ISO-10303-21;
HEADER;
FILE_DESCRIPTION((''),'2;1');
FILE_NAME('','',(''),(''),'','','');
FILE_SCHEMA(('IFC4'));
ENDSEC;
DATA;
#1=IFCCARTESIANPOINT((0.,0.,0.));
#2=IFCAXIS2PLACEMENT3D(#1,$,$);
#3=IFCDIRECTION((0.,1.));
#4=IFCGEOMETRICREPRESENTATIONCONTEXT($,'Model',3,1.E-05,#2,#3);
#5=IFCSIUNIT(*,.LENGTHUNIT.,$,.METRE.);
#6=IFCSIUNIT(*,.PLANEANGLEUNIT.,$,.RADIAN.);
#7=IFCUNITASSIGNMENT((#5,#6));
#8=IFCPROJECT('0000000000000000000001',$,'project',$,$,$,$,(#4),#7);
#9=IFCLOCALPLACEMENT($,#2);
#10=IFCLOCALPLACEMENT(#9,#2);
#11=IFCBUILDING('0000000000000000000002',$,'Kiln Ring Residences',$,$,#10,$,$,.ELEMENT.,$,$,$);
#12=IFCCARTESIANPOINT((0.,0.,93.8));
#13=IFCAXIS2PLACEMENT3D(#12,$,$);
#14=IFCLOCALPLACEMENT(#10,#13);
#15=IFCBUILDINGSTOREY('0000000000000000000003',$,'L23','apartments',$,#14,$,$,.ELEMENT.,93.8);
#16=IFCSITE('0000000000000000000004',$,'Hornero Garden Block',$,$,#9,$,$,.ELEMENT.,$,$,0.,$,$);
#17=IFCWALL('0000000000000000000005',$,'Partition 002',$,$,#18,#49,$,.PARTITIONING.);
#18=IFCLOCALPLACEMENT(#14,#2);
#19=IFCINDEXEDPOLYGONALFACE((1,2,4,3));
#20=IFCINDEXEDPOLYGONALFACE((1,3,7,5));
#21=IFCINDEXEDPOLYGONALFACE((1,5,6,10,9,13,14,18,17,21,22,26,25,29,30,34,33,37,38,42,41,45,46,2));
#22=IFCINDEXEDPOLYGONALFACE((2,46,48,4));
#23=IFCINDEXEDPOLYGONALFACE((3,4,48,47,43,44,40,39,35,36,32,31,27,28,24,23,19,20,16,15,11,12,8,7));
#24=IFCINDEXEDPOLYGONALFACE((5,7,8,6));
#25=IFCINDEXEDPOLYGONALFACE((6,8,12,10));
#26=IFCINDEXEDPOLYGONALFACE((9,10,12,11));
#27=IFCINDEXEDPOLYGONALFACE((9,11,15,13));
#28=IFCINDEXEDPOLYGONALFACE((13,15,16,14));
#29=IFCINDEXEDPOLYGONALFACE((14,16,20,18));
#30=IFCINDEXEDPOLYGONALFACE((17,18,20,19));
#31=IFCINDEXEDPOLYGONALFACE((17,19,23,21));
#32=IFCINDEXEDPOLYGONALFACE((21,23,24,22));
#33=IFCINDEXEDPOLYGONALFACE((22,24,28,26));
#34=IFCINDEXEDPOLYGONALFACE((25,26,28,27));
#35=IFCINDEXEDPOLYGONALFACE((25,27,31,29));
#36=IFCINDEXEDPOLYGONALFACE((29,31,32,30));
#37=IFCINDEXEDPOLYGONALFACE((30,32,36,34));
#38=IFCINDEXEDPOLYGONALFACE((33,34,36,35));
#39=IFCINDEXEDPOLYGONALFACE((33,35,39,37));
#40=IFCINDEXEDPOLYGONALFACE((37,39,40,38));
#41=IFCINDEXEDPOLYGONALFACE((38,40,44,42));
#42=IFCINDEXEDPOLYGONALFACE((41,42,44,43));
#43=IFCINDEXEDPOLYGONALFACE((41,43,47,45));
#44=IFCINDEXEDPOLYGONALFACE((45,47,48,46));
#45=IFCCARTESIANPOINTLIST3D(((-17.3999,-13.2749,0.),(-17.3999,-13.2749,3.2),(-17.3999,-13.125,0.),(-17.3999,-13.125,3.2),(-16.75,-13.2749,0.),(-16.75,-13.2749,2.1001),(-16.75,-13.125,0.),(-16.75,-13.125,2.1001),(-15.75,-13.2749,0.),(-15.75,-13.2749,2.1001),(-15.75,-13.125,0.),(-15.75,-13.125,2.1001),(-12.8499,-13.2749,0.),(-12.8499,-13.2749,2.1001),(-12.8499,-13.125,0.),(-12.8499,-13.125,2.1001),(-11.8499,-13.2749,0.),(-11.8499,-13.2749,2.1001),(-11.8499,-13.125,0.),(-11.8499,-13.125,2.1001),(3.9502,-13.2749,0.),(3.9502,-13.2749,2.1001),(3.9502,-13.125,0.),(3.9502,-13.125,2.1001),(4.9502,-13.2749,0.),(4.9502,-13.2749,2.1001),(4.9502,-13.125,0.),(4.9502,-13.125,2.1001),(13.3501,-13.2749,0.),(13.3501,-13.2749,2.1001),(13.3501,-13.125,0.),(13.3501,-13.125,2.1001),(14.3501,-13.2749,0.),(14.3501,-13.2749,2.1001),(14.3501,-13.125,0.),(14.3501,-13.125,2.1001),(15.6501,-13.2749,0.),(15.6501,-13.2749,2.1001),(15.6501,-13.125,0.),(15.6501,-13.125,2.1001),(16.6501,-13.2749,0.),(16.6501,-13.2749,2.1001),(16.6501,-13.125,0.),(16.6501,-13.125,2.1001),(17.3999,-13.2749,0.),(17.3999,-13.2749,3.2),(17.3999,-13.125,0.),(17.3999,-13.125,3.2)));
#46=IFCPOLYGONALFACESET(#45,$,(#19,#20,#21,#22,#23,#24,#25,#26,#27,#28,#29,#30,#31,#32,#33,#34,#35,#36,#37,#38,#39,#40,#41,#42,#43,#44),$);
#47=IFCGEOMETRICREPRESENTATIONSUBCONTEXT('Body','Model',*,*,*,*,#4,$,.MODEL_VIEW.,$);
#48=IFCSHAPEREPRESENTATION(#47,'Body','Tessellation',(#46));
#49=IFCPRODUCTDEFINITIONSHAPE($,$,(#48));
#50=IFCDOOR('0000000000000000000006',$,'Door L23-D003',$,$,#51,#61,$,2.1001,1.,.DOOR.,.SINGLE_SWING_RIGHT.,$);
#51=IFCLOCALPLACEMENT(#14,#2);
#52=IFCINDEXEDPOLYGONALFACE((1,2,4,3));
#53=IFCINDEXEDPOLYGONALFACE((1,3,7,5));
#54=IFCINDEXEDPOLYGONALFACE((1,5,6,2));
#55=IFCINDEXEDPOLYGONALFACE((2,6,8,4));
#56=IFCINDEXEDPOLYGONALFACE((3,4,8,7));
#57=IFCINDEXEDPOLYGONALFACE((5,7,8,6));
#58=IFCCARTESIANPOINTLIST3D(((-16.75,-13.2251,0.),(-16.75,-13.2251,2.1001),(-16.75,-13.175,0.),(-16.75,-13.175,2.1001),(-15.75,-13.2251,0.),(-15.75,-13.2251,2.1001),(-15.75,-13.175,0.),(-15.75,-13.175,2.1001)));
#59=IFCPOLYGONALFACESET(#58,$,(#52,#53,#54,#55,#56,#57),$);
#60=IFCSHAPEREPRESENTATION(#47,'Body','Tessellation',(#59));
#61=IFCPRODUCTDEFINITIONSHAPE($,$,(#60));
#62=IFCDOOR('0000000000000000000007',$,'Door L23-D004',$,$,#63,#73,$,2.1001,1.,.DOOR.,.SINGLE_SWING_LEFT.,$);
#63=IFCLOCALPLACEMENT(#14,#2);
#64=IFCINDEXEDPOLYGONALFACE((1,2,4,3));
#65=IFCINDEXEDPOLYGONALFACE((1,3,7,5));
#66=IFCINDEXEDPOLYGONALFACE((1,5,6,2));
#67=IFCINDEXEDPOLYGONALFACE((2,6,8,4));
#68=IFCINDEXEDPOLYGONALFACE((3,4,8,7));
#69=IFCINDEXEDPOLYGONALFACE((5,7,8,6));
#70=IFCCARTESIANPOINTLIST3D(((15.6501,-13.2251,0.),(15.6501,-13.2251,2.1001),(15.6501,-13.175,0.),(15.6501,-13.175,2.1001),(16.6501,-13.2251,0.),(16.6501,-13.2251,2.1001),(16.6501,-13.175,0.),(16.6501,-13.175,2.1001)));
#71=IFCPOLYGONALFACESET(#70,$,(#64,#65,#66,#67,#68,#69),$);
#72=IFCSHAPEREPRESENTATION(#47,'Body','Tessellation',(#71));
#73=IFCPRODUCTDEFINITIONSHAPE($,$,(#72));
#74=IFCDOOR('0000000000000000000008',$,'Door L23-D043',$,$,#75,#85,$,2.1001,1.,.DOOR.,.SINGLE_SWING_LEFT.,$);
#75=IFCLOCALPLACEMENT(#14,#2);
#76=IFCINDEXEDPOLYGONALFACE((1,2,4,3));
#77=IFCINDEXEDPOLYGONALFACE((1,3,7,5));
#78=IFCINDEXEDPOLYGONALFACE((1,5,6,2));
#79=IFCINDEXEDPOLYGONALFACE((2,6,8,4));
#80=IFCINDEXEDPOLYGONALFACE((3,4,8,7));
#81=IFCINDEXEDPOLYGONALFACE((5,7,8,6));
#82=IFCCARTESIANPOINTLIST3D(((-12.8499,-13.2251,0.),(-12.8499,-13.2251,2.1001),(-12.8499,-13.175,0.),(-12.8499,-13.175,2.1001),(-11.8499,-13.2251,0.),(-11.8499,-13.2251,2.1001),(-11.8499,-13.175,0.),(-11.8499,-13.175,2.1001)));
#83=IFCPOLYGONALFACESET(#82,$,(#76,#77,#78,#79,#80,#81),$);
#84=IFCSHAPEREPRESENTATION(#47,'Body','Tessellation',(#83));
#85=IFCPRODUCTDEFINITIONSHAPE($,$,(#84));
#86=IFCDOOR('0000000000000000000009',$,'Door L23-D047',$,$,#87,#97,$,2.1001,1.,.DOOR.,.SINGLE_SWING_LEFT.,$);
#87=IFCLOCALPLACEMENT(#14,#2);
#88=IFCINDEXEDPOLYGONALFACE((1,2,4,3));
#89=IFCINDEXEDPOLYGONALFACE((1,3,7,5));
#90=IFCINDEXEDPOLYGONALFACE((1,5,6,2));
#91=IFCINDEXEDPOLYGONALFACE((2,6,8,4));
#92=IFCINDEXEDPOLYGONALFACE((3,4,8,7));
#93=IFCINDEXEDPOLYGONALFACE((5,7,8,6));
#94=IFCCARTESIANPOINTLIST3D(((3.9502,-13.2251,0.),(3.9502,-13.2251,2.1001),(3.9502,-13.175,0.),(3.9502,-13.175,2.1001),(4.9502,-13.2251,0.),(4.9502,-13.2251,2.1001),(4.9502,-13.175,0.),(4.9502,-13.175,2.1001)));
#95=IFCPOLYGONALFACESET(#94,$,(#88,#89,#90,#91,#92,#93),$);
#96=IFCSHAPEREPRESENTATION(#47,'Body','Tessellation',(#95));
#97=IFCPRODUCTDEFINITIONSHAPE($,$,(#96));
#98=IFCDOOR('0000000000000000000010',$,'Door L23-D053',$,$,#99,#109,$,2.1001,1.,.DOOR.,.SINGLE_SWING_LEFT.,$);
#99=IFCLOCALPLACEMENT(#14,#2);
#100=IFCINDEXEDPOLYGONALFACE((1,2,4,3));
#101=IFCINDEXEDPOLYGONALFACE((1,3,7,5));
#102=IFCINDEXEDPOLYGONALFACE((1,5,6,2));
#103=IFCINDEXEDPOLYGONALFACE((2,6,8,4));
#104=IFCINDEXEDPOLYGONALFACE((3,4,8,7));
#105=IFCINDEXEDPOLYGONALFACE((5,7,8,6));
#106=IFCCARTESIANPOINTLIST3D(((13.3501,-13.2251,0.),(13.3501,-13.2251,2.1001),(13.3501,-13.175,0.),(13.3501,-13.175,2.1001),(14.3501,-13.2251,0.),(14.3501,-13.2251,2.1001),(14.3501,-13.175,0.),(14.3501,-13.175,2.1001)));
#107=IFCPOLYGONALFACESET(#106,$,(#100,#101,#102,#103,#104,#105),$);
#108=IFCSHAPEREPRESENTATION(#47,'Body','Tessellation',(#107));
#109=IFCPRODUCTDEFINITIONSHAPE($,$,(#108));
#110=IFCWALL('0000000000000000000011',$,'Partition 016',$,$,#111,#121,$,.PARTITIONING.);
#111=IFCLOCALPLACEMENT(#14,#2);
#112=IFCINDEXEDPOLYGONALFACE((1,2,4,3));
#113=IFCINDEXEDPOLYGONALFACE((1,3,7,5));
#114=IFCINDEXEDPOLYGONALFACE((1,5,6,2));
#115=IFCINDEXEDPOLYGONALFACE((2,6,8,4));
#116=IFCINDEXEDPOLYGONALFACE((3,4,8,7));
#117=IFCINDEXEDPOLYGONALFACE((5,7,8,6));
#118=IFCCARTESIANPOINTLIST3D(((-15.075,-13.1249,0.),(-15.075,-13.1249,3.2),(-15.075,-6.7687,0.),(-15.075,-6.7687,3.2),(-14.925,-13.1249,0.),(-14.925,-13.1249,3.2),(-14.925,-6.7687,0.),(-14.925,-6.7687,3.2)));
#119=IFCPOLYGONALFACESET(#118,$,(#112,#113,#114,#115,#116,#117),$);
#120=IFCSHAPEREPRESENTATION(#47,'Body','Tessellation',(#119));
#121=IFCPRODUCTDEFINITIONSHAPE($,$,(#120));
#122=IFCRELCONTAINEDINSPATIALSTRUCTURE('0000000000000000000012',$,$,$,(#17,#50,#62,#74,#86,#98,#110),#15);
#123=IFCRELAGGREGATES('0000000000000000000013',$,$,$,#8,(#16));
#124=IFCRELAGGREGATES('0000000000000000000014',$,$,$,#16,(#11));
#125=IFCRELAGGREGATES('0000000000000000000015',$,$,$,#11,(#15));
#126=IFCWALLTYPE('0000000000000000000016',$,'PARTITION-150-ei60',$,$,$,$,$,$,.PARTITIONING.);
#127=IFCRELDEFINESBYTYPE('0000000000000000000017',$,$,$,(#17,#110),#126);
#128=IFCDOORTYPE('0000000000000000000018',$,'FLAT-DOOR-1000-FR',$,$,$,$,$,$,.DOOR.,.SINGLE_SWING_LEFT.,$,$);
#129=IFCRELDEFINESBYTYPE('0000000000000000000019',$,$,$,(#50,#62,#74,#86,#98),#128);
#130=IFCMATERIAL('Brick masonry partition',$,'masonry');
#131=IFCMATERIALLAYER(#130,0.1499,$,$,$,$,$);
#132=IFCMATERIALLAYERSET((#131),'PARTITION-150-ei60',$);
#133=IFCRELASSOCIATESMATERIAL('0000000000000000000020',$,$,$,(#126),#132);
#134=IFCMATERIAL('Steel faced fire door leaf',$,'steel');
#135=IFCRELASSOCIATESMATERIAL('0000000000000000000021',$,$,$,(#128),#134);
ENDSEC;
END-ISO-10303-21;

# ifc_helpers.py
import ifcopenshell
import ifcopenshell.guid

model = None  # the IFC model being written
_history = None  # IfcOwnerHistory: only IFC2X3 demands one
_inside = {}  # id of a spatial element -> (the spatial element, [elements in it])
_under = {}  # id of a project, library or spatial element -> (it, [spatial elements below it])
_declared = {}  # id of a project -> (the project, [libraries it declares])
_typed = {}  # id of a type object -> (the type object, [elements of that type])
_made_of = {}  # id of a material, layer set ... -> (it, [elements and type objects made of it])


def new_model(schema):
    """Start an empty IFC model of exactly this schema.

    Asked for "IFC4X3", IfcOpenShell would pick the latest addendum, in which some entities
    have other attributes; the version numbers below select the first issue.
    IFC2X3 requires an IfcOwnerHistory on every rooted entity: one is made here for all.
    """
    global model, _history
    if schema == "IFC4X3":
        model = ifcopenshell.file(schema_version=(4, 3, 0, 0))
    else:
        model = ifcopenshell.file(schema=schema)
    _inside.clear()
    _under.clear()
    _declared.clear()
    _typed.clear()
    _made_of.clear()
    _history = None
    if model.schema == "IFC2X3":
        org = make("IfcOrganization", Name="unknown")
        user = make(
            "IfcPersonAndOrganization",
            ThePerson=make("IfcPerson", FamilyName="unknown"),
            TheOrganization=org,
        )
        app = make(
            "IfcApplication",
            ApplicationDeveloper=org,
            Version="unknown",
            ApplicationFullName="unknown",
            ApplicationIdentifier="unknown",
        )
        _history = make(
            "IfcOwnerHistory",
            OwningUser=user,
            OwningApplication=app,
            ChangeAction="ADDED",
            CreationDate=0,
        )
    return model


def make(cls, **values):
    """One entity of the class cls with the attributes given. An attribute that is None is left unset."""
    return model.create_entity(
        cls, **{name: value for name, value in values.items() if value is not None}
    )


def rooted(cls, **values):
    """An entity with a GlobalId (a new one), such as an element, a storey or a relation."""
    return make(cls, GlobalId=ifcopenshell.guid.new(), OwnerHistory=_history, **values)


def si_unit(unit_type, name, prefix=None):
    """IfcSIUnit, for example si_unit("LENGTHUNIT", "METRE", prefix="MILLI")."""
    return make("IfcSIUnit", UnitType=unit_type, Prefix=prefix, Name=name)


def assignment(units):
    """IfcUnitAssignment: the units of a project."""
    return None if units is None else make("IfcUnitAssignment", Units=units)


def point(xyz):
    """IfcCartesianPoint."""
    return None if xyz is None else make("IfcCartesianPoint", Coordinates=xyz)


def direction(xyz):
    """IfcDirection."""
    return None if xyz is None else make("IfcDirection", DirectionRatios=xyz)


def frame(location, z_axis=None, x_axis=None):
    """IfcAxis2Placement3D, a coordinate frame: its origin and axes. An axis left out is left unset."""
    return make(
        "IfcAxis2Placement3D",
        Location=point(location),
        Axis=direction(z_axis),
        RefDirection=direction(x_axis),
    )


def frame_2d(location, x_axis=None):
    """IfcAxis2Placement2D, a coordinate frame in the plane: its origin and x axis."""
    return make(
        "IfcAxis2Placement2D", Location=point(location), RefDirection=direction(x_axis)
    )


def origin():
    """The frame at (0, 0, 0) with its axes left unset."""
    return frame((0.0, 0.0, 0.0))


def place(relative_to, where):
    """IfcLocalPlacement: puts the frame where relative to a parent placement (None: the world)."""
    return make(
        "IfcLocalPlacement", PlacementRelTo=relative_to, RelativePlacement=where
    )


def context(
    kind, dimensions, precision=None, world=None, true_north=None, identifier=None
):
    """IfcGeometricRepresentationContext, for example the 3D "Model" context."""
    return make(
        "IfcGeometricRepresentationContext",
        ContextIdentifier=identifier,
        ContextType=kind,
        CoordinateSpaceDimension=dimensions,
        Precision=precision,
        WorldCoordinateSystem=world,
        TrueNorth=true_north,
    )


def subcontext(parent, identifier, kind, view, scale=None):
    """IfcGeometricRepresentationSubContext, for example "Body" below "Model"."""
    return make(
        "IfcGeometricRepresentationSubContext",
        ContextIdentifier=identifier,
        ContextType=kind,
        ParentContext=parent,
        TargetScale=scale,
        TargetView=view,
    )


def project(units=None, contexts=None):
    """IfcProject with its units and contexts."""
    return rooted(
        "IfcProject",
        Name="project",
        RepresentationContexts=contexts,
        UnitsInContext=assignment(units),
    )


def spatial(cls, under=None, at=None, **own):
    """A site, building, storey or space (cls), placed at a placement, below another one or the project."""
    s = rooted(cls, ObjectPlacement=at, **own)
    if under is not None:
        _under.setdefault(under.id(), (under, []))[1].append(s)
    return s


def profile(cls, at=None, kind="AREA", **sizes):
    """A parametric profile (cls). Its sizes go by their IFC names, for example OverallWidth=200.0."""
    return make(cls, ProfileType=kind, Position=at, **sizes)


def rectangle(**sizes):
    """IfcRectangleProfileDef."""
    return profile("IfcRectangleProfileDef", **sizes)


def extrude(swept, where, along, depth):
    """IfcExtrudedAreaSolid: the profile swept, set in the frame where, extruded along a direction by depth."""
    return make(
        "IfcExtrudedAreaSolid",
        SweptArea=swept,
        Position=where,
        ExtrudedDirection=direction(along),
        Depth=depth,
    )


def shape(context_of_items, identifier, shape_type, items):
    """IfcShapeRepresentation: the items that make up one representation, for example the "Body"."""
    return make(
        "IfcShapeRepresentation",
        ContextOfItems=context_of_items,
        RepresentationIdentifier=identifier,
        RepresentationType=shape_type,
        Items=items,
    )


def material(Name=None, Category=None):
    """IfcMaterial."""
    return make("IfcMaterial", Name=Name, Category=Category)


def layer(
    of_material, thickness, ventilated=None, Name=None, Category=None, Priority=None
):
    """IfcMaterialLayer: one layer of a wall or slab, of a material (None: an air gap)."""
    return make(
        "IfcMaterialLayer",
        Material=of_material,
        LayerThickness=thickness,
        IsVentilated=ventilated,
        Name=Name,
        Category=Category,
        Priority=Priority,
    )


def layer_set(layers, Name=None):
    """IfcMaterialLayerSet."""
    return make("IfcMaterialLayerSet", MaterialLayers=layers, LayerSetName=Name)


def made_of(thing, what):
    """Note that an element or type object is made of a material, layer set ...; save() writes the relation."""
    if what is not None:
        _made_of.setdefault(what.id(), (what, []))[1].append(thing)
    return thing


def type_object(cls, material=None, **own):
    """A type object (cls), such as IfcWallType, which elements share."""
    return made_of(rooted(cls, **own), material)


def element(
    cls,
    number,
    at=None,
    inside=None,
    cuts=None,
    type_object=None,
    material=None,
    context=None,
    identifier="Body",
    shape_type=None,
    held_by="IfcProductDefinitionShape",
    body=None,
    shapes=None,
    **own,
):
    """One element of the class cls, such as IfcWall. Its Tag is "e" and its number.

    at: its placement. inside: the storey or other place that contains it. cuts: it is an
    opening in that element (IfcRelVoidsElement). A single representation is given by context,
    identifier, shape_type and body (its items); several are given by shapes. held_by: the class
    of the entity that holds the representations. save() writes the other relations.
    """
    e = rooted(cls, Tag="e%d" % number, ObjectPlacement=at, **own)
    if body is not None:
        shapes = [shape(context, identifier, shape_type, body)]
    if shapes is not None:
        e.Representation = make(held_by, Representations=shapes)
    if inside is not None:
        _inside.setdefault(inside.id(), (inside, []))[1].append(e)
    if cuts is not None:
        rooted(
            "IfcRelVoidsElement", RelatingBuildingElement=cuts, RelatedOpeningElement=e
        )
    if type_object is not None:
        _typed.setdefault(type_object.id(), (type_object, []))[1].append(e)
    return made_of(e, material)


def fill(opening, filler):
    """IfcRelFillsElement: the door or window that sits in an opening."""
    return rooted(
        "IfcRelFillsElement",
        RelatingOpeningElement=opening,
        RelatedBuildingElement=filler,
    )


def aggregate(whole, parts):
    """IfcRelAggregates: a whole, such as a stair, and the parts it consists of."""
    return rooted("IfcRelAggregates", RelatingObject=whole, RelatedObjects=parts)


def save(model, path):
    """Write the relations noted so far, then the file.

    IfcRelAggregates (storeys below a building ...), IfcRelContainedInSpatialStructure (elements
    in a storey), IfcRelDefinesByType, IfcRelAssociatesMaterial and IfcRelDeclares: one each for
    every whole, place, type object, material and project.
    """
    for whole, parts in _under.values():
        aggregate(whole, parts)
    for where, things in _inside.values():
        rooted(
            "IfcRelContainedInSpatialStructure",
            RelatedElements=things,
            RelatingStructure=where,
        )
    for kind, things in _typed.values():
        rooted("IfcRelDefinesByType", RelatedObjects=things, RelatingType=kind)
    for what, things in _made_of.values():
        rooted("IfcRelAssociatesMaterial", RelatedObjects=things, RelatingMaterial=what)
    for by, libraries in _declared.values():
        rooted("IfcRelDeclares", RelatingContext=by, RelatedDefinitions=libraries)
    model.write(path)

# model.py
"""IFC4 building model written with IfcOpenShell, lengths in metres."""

from ifc_helpers import new_model, si_unit, direction, frame, frame_2d, origin, place, context, subcontext, project, spatial, rectangle, extrude, material, layer, layer_set, type_object, element, fill, save


model = new_model("IFC4")

# Units and contexts
model_context = context("Model", 3, precision=1e-05, world=origin(), true_north=direction((0.0, 1.0)))
body_context = subcontext(model_context, "Body", "Model", "MODEL_VIEW")
ifc_project = project(units=[si_unit("LENGTHUNIT", "METRE"), si_unit("PLANEANGLEUNIT", "RADIAN")], contexts=[model_context])

# Site, building, storey
site_placement = place(None, origin())
site = spatial("IfcSite", under=ifc_project, at=site_placement, Name="Hornero Garden Block", CompositionType="ELEMENT", RefElevation=0.0)
building_placement = place(site_placement, origin())
building = spatial("IfcBuilding", under=site, at=building_placement, Name="Kiln Ring Residences", CompositionType="ELEMENT")
storey_placement = place(building_placement, frame((0.0, 0.0, 93.8)))
storey = spatial("IfcBuildingStorey", under=building, at=storey_placement, Name="L23", Description="apartments", CompositionType="ELEMENT", Elevation=93.8)

# Wall, openings, doors
ifc_material_1 = material(Name="Brick masonry partition", Category="masonry")
ifc_layer = layer(ifc_material_1, 0.1499)
ifc_layer_set = layer_set([ifc_layer], Name="PARTITION-150-ei60")
wall_type = type_object("IfcWallType", Name="PARTITION-150-ei60", PredefinedType="PARTITIONING", material=ifc_layer_set)
wall_1_placement = place(storey_placement, frame((-17.3999, -13.2, 0.0), z_axis=(0.0, 0.0, 1.0), x_axis=(1.0, 0.0, 0.0)))
wall_1 = element("IfcWall", 1, at=wall_1_placement, inside=storey, type_object=wall_type, Name="Partition 002", PredefinedType="PARTITIONING", context=body_context, shape_type="SweptSolid", body=[
    extrude(rectangle(XDim=34.7998, YDim=0.1499, at=frame_2d((17.3999, 0.0))), origin(), (0.0, 0.0, 1.0), 3.2),
])
opening_1_placement = place(wall_1_placement, frame((0.6499, 0.0, 0.0)))
opening_1 = element("IfcOpeningElement", 2, at=opening_1_placement, cuts=wall_1, PredefinedType="OPENING", context=body_context, shape_type="SweptSolid", body=[
    extrude(rectangle(XDim=1.0, YDim=2.1001, at=frame_2d((0.5, 1.05))), frame((0.0, 0.085, 0.0), z_axis=(0.0, -1.0, 0.0), x_axis=(1.0, 0.0, 0.0)), (0.0, 0.0, 1.0), 0.1699),
])
opening_2_placement = place(wall_1_placement, frame((33.05, 0.0, 0.0)))
opening_2 = element("IfcOpeningElement", 3, at=opening_2_placement, cuts=wall_1, PredefinedType="OPENING", context=body_context, shape_type="SweptSolid", body=[
    extrude(rectangle(XDim=1.0, YDim=2.1001, at=frame_2d((0.5, 1.05))), frame((0.0, 0.085, 0.0), z_axis=(0.0, -1.0, 0.0), x_axis=(1.0, 0.0, 0.0)), (0.0, 0.0, 1.0), 0.1699),
])
opening_3_placement = place(wall_1_placement, frame((4.55, 0.0, 0.0)))
opening_3 = element("IfcOpeningElement", 4, at=opening_3_placement, cuts=wall_1, PredefinedType="OPENING", context=body_context, shape_type="SweptSolid", body=[
    extrude(rectangle(XDim=1.0, YDim=2.1001, at=frame_2d((0.5, 1.05))), frame((0.0, 0.085, 0.0), z_axis=(0.0, -1.0, 0.0), x_axis=(1.0, 0.0, 0.0)), (0.0, 0.0, 1.0), 0.1699),
])
opening_4_placement = place(wall_1_placement, frame((21.3501, 0.0, 0.0)))
opening_4 = element("IfcOpeningElement", 5, at=opening_4_placement, cuts=wall_1, PredefinedType="OPENING", context=body_context, shape_type="SweptSolid", body=[
    extrude(rectangle(XDim=1.0, YDim=2.1001, at=frame_2d((0.5, 1.05))), frame((0.0, 0.085, 0.0), z_axis=(0.0, -1.0, 0.0), x_axis=(1.0, 0.0, 0.0)), (0.0, 0.0, 1.0), 0.1699),
])
opening_5_placement = place(wall_1_placement, frame((30.75, 0.0, 0.0)))
opening_5 = element("IfcOpeningElement", 6, at=opening_5_placement, cuts=wall_1, PredefinedType="OPENING", context=body_context, shape_type="SweptSolid", body=[
    extrude(rectangle(XDim=1.0, YDim=2.1001, at=frame_2d((0.5, 1.05))), frame((0.0, 0.085, 0.0), z_axis=(0.0, -1.0, 0.0), x_axis=(1.0, 0.0, 0.0)), (0.0, 0.0, 1.0), 0.1699),
])
ifc_material_2 = material(Name="Steel faced fire door leaf", Category="steel")
door_type = type_object("IfcDoorType", Name="FLAT-DOOR-1000-FR", OperationType="SINGLE_SWING_LEFT", PredefinedType="DOOR", material=ifc_material_2)
door_1_placement = place(opening_1_placement, origin())
door_1 = element("IfcDoor", 7, at=door_1_placement, inside=storey, type_object=door_type, Name="Door L23-D003", OperationType="SINGLE_SWING_RIGHT", OverallHeight=2.1001, OverallWidth=1.0, PredefinedType="DOOR", context=body_context, shape_type="SweptSolid", body=[
    extrude(rectangle(XDim=1.0, YDim=2.1001, at=frame_2d((0.5, 1.05))), frame((0.0, 0.0249, 0.0), z_axis=(0.0, -1.0, 0.0), x_axis=(1.0, 0.0, 0.0)), (0.0, 0.0, 1.0), 0.05),
])
fill(opening_1, door_1)
door_2_placement = place(opening_2_placement, origin())
door_2 = element("IfcDoor", 8, at=door_2_placement, inside=storey, type_object=door_type, Name="Door L23-D004", OperationType="SINGLE_SWING_LEFT", OverallHeight=2.1001, OverallWidth=1.0, PredefinedType="DOOR", context=body_context, shape_type="SweptSolid", body=[
    extrude(rectangle(XDim=1.0, YDim=2.1001, at=frame_2d((0.5, 1.05))), frame((0.0, 0.0249, 0.0), z_axis=(0.0, -1.0, 0.0), x_axis=(1.0, 0.0, 0.0)), (0.0, 0.0, 1.0), 0.05),
])
fill(opening_2, door_2)
door_3_placement = place(opening_3_placement, origin())
door_3 = element("IfcDoor", 9, at=door_3_placement, inside=storey, type_object=door_type, Name="Door L23-D043", OperationType="SINGLE_SWING_LEFT", OverallHeight=2.1001, OverallWidth=1.0, PredefinedType="DOOR", context=body_context, shape_type="SweptSolid", body=[
    extrude(rectangle(XDim=1.0, YDim=2.1001, at=frame_2d((0.5, 1.05))), frame((0.0, 0.0249, 0.0), z_axis=(0.0, -1.0, 0.0), x_axis=(1.0, 0.0, 0.0)), (0.0, 0.0, 1.0), 0.05),
])
fill(opening_3, door_3)
door_4_placement = place(opening_4_placement, origin())
door_4 = element("IfcDoor", 10, at=door_4_placement, inside=storey, type_object=door_type, Name="Door L23-D047", OperationType="SINGLE_SWING_LEFT", OverallHeight=2.1001, OverallWidth=1.0, PredefinedType="DOOR", context=body_context, shape_type="SweptSolid", body=[
    extrude(rectangle(XDim=1.0, YDim=2.1001, at=frame_2d((0.5, 1.05))), frame((0.0, 0.0249, 0.0), z_axis=(0.0, -1.0, 0.0), x_axis=(1.0, 0.0, 0.0)), (0.0, 0.0, 1.0), 0.05),
])
fill(opening_4, door_4)
door_5_placement = place(opening_5_placement, origin())
door_5 = element("IfcDoor", 11, at=door_5_placement, inside=storey, type_object=door_type, Name="Door L23-D053", OperationType="SINGLE_SWING_LEFT", OverallHeight=2.1001, OverallWidth=1.0, PredefinedType="DOOR", context=body_context, shape_type="SweptSolid", body=[
    extrude(rectangle(XDim=1.0, YDim=2.1001, at=frame_2d((0.5, 1.05))), frame((0.0, 0.0249, 0.0), z_axis=(0.0, -1.0, 0.0), x_axis=(1.0, 0.0, 0.0)), (0.0, 0.0, 1.0), 0.05),
])
fill(opening_5, door_5)

# Wall
wall_2_placement = place(storey_placement, frame((-15.0, -13.125, 0.0), z_axis=(0.0, 0.0, 1.0), x_axis=(0.0, 1.0, 0.0)))
element("IfcWall", 12, at=wall_2_placement, inside=storey, type_object=wall_type, Name="Partition 016", PredefinedType="PARTITIONING", context=body_context, shape_type="SweptSolid", body=[
    extrude(rectangle(XDim=6.3562, YDim=0.1499, at=frame_2d((3.1782, 0.0))), origin(), (0.0, 0.0, 1.0), 3.2),
])

save(model, "model.ifc")
